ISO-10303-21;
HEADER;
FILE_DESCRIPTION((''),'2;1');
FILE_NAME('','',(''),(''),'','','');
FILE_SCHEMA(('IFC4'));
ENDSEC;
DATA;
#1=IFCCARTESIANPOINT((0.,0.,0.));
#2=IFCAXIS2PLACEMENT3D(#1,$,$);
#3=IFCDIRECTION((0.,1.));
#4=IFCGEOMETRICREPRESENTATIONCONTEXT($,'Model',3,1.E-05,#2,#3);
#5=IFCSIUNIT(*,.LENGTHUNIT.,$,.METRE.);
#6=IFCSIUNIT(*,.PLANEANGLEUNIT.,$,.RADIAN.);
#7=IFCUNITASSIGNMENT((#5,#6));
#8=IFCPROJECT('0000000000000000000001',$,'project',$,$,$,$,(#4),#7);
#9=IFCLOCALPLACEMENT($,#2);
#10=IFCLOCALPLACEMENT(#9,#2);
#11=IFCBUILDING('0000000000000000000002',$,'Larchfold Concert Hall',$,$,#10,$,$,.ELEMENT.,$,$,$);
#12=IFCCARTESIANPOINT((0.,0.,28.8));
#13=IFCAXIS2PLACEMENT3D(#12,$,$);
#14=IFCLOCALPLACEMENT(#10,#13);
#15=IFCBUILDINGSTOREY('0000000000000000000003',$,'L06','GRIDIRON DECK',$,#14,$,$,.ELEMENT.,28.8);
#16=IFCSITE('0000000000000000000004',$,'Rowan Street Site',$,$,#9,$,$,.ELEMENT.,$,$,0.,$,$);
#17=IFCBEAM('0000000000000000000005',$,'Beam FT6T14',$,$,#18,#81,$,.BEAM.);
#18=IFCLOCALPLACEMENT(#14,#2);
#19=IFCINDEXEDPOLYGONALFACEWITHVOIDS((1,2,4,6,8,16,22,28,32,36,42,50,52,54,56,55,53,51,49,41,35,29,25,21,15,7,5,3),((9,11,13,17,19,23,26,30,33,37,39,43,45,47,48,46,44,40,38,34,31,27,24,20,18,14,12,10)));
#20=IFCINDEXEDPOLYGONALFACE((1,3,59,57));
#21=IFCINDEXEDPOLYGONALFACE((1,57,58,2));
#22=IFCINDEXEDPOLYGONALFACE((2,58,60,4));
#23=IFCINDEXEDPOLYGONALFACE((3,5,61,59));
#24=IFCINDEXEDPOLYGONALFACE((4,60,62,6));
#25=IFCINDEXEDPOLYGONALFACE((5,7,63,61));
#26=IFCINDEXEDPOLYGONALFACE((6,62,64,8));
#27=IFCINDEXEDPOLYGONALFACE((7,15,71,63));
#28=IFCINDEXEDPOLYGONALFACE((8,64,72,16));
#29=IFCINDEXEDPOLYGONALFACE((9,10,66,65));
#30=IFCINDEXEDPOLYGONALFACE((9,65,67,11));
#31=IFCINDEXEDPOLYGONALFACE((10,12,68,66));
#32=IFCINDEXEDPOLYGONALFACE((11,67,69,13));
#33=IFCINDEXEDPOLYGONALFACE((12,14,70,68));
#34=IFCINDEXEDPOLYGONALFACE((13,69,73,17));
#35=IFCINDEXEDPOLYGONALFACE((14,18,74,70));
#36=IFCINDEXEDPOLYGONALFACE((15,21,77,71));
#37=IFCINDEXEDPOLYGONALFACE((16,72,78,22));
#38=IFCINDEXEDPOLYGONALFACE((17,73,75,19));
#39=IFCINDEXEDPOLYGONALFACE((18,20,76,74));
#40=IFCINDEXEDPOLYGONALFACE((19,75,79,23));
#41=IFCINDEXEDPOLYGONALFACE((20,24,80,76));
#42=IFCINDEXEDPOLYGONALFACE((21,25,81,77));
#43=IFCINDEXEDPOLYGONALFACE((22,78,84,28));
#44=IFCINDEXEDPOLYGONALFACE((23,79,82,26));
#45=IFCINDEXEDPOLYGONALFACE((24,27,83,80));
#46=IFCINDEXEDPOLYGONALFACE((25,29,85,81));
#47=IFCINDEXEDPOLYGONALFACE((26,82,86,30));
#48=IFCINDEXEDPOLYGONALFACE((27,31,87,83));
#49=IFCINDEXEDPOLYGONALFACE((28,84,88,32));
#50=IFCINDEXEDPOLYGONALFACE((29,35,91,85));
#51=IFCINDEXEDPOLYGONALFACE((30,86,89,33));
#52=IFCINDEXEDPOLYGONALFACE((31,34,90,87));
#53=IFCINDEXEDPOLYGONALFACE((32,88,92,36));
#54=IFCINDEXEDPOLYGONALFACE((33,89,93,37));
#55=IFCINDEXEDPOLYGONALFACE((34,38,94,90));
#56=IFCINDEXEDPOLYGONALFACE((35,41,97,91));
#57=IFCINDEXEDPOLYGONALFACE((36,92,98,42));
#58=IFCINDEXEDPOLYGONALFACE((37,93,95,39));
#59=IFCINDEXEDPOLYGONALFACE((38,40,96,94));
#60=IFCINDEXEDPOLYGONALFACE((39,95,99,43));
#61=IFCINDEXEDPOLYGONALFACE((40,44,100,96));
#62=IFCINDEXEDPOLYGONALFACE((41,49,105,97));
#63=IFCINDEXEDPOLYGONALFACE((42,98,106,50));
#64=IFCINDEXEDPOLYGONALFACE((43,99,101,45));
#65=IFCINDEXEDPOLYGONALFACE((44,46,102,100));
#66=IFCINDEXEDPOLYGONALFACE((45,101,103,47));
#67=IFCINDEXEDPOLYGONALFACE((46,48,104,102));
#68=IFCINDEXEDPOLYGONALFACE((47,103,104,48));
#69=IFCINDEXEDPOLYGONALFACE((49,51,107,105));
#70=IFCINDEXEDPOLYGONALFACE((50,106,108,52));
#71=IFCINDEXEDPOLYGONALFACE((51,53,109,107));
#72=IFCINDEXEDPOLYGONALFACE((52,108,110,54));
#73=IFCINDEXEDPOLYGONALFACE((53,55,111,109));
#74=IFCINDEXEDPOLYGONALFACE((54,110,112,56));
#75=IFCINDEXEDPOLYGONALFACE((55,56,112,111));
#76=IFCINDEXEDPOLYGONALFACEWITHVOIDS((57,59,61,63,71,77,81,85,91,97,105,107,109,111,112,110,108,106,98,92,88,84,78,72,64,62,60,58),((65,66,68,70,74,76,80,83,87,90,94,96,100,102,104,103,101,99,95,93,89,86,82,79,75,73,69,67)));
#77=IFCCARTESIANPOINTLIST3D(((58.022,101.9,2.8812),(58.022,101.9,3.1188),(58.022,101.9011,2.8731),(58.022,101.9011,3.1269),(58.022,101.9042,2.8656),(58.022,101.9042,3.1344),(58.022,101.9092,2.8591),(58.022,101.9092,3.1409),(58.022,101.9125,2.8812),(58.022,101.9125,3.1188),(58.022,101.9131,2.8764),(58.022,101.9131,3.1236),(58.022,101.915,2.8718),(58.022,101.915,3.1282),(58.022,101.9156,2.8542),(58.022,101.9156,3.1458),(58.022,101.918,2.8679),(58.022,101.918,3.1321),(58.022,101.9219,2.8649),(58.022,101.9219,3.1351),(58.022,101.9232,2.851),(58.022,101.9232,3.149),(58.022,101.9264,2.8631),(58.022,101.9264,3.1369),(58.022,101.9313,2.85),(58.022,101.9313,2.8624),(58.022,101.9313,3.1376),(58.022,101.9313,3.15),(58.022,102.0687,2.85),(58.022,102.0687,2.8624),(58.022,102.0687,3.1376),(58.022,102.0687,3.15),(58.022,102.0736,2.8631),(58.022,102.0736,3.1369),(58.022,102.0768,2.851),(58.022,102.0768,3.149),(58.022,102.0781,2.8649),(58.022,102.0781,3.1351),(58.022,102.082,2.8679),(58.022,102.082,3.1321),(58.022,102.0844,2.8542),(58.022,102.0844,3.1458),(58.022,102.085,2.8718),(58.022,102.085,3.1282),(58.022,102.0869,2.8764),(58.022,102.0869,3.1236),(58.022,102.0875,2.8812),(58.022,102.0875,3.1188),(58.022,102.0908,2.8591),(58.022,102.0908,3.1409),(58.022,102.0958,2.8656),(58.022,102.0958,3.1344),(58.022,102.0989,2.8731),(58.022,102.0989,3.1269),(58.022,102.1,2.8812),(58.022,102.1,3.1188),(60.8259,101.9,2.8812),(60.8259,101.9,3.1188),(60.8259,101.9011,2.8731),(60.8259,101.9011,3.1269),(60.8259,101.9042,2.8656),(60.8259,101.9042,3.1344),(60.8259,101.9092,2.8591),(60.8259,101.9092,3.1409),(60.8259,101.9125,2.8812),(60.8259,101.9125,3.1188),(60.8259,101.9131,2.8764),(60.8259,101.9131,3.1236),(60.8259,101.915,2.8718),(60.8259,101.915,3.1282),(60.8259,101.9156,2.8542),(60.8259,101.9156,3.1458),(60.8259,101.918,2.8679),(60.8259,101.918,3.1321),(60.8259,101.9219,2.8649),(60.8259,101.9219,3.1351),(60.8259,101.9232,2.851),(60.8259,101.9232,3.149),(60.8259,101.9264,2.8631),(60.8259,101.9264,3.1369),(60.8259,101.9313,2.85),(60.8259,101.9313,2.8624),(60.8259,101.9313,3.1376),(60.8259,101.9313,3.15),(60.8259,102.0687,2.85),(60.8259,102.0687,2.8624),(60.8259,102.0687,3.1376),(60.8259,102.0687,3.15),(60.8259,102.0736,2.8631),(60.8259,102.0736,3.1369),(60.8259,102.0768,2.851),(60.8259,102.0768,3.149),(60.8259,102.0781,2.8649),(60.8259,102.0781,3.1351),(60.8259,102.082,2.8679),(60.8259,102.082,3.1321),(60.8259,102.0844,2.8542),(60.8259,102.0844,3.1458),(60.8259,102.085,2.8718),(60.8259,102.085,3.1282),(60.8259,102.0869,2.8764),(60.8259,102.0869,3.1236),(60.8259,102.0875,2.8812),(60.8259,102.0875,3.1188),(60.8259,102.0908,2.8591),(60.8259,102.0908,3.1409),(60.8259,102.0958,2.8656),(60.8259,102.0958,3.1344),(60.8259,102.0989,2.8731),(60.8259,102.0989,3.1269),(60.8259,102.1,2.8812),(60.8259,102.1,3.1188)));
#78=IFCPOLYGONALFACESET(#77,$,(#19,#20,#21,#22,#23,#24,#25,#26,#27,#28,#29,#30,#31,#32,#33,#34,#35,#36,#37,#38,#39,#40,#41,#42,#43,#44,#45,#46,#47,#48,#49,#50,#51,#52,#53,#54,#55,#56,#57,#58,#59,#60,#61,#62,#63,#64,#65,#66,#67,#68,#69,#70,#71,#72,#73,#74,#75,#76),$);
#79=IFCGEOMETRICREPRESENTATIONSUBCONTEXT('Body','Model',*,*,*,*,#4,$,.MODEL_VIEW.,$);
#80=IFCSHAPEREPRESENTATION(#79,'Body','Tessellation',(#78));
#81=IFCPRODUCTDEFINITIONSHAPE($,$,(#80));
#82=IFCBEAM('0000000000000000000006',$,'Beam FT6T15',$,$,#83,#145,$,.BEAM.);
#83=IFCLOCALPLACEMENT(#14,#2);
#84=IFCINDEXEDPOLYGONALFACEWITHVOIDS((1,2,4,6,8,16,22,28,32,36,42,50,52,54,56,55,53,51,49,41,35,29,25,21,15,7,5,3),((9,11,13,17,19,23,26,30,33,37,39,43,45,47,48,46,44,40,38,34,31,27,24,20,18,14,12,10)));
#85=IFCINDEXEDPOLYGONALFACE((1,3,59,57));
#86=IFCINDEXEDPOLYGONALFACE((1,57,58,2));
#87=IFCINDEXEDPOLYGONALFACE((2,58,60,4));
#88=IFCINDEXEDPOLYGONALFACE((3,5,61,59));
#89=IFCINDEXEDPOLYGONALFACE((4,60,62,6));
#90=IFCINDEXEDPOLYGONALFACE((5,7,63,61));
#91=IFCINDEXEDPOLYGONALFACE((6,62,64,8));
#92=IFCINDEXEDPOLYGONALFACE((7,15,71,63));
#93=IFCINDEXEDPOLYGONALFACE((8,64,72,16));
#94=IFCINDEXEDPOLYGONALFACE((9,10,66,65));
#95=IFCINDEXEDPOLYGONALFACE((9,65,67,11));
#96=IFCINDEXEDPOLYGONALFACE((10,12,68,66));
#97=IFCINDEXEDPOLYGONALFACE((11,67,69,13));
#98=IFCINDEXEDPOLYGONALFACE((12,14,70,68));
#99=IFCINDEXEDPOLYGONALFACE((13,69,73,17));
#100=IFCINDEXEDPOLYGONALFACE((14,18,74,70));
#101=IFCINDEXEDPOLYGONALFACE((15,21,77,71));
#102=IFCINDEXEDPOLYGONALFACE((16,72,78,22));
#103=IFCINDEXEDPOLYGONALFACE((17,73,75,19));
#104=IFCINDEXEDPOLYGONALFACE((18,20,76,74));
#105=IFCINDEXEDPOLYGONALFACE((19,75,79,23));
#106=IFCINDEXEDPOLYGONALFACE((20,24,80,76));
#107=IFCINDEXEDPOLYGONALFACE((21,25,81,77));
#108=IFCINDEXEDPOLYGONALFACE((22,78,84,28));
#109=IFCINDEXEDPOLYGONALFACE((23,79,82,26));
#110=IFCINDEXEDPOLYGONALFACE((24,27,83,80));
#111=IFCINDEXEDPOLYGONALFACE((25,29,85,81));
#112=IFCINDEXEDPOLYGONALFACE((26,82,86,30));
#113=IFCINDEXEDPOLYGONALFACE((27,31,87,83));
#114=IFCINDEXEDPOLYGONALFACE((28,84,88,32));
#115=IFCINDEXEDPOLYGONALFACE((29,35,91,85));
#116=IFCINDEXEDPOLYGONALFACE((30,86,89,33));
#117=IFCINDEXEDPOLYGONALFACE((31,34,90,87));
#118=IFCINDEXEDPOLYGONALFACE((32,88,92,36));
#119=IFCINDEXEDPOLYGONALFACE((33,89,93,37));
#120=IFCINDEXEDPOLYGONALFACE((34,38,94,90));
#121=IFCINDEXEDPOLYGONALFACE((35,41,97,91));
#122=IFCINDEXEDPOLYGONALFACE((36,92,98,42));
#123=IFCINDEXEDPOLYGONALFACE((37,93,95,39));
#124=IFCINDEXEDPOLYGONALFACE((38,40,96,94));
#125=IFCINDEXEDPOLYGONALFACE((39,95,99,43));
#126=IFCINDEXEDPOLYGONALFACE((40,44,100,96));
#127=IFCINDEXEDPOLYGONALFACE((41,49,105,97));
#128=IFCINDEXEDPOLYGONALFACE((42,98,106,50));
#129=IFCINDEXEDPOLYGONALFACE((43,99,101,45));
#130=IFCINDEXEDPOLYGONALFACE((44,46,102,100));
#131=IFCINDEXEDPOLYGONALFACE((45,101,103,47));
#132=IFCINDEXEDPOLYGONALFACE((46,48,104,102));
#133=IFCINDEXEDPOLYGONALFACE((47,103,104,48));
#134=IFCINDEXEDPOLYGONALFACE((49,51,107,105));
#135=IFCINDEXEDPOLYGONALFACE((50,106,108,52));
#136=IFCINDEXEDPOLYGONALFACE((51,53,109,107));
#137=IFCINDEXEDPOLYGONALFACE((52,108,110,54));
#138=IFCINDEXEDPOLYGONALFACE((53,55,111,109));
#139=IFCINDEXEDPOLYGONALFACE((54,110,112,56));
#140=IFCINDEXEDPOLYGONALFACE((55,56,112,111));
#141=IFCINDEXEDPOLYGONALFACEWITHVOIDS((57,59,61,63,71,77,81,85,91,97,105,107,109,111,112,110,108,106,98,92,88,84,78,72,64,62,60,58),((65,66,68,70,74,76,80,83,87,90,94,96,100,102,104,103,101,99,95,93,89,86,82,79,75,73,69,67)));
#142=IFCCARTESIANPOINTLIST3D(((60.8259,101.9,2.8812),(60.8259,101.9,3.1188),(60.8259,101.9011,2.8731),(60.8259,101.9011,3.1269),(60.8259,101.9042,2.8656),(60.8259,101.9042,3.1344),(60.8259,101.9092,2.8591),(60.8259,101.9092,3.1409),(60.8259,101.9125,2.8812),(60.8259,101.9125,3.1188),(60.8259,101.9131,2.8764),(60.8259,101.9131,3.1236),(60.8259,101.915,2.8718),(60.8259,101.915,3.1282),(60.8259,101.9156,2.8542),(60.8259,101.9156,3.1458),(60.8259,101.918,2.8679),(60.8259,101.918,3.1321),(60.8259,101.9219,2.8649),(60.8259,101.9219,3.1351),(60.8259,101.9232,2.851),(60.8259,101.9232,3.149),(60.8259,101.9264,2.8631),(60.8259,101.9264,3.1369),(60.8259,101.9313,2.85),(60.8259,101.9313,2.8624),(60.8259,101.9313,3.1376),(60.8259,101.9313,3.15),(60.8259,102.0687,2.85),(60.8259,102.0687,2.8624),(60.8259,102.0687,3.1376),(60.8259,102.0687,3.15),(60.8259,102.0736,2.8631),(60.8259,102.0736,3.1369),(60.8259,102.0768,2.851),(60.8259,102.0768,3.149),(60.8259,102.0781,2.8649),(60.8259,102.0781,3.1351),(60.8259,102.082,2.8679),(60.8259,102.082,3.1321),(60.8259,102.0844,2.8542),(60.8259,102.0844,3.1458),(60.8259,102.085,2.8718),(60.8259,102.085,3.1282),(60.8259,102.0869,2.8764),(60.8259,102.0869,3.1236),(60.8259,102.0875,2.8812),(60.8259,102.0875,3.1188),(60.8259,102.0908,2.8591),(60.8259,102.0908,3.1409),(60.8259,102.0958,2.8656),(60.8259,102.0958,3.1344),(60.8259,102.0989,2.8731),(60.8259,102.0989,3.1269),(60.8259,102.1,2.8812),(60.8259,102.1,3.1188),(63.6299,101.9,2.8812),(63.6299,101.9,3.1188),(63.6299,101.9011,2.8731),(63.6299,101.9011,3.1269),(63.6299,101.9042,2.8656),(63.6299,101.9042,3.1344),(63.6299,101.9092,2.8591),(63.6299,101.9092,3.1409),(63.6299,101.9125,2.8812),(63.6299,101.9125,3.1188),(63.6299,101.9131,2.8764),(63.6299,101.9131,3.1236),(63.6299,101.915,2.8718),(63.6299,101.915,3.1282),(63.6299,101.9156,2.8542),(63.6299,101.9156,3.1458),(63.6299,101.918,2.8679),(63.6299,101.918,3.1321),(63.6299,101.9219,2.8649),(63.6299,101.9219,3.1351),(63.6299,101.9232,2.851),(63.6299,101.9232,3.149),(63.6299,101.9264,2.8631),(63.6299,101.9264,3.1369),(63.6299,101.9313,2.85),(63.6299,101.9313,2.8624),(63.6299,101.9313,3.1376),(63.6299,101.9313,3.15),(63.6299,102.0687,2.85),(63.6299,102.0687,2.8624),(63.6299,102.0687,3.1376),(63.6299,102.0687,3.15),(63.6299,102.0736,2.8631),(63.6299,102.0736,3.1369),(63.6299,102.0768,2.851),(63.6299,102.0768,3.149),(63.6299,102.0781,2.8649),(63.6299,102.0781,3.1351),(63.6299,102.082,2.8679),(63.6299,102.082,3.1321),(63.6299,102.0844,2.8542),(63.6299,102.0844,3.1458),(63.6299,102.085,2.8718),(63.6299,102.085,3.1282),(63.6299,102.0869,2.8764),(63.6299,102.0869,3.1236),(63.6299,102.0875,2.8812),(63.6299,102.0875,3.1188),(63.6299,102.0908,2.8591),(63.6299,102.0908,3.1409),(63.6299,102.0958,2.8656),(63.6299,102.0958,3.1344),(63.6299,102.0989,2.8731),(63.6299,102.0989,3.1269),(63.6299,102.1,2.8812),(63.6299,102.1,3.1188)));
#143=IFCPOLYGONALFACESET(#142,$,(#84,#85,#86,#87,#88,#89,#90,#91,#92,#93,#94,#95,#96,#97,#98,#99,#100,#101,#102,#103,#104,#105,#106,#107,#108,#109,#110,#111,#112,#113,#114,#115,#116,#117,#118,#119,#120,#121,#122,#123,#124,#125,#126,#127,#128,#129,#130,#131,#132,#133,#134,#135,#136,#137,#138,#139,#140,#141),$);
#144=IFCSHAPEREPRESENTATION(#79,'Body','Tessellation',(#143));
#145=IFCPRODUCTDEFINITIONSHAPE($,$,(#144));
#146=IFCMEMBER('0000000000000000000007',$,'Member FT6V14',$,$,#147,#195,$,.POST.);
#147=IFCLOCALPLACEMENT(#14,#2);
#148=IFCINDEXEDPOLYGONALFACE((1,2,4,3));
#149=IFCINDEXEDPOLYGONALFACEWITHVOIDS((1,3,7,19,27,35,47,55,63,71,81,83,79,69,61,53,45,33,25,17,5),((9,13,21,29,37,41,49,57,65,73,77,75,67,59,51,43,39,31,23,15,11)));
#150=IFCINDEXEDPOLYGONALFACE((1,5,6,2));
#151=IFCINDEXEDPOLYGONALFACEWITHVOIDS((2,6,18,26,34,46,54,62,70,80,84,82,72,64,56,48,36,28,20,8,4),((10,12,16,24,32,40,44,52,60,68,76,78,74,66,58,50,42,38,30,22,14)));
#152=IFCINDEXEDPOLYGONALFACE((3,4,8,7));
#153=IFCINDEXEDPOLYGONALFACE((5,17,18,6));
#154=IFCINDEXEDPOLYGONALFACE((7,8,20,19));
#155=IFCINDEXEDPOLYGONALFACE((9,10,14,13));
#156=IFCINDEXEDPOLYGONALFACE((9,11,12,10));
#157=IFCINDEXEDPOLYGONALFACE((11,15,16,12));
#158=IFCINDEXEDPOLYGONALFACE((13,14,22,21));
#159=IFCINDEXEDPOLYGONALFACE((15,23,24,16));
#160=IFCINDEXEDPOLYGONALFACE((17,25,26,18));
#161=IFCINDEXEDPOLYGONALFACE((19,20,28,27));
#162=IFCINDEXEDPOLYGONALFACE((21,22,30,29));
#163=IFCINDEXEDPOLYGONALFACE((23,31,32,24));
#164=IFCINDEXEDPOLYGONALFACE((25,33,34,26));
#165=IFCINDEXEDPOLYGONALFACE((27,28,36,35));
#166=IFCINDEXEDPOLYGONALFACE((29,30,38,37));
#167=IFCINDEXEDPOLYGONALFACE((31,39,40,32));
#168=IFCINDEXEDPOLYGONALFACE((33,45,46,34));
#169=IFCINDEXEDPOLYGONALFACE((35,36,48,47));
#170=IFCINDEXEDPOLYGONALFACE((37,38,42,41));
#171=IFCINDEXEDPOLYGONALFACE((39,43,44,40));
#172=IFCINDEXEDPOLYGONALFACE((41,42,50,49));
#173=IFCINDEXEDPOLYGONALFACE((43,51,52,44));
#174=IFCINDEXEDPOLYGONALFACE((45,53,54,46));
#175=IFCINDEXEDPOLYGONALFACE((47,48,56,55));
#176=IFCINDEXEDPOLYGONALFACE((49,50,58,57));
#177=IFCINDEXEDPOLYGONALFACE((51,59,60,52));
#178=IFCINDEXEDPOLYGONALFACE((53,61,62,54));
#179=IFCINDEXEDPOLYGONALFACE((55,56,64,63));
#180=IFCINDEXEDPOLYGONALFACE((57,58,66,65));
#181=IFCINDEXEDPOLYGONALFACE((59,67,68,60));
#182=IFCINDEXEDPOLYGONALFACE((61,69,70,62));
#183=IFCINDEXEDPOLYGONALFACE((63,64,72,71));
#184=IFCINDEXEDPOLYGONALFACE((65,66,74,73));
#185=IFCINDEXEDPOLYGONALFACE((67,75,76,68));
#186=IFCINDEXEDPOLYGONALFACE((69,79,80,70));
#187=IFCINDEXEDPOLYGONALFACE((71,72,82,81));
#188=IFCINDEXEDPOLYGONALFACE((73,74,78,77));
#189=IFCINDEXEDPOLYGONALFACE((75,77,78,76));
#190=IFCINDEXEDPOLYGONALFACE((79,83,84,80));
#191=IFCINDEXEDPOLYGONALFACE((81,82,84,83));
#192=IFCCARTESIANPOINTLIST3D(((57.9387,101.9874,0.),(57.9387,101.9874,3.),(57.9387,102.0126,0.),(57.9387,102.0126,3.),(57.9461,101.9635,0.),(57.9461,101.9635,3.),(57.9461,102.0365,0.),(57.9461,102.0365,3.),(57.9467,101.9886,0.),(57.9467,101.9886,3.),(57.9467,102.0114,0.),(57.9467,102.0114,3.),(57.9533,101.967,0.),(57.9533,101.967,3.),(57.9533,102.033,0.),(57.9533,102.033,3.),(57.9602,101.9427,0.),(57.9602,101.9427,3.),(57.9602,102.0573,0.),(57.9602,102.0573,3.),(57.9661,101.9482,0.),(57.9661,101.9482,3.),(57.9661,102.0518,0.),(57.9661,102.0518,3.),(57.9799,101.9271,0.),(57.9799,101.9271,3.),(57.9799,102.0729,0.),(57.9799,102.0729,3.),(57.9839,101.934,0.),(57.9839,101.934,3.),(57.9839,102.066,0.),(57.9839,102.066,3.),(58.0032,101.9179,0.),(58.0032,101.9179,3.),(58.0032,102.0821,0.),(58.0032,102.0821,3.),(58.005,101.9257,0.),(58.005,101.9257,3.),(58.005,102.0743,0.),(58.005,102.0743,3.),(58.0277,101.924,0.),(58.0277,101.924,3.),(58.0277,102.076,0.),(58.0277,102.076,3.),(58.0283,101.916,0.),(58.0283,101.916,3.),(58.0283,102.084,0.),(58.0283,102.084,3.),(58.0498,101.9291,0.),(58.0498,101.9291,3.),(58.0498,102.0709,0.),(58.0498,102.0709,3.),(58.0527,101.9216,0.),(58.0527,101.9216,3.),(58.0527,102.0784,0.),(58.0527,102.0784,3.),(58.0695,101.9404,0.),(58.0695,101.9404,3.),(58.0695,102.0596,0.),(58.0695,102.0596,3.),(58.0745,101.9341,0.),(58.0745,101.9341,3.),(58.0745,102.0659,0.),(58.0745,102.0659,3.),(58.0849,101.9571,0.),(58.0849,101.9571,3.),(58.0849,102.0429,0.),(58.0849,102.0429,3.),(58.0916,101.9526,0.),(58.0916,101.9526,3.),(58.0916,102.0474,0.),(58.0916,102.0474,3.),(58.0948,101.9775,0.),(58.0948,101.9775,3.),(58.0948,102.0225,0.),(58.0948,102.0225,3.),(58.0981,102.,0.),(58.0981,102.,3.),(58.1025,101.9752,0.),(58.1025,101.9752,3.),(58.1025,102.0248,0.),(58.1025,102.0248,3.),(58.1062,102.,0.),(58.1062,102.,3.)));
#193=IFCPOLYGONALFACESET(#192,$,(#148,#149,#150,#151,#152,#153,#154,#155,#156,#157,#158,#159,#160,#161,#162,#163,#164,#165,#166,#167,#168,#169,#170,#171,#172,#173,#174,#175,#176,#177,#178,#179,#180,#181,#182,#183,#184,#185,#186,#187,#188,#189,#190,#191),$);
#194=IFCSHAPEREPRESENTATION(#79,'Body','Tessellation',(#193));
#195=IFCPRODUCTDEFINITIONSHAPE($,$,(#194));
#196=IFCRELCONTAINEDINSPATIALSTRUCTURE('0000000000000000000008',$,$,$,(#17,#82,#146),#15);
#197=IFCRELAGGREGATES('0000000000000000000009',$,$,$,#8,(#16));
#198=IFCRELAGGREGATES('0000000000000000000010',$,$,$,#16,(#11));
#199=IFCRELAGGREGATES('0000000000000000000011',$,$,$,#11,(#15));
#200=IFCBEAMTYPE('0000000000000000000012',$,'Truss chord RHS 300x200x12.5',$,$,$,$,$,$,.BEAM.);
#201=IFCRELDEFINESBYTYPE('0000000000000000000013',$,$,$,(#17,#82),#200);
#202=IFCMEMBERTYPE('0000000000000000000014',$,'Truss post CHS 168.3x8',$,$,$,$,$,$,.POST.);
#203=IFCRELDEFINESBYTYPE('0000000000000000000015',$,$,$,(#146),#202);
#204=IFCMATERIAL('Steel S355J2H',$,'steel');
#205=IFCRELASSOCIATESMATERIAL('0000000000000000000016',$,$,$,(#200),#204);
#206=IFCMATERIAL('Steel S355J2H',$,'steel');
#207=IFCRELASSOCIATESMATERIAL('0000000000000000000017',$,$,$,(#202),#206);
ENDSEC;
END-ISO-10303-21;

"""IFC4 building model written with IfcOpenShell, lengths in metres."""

from ifc_helpers import new_model, si_unit, direction, frame, origin, origin_2d, place, context, subcontext, project, spatial, hollow_rectangle, hollow_circle, extrude, material, material_profile, profile_set, type_object, element, save


model = new_model("IFC4")

# Units and contexts
model_context = context("Model", 3, precision=1e-05, world=origin(), true_north=direction((0.0, 1.0)))
body_context = subcontext(model_context, "Body", "Model", "MODEL_VIEW")
ifc_project = project(units=[si_unit("LENGTHUNIT", "METRE"), si_unit("PLANEANGLEUNIT", "RADIAN")], contexts=[model_context])

# Site, building, storey
site_placement = place(None, origin())
site = spatial("IfcSite", under=ifc_project, at=site_placement, Name="Rowan Street Site", CompositionType="ELEMENT", RefElevation=0.0)
building_placement = place(site_placement, origin())
building = spatial("IfcBuilding", under=site, at=building_placement, Name="Larchfold Concert Hall", CompositionType="ELEMENT")
storey_placement = place(building_placement, frame((0.0, 0.0, 28.8)))
storey = spatial("IfcBuildingStorey", under=building, at=storey_placement, Name="L06", Description="GRIDIRON DECK", CompositionType="ELEMENT", Elevation=28.8)

# Beams
ifc_material_1 = material(Name="Steel S355J2H", Category="steel")
ifc_material_profile_1 = material_profile(ifc_material_1, hollow_rectangle(XDim=0.2, YDim=0.3, WallThickness=0.0125, InnerFilletRadius=0.0188, OuterFilletRadius=0.0312, at=origin_2d()))
ifc_profile_set_1 = profile_set([ifc_material_profile_1], Name="Steel S355J2H")
beam_type_1 = type_object("IfcBeamType", Name="Truss chord RHS 300x200x12.5", PredefinedType="BEAM", material=ifc_profile_set_1)
for number, where, z_axis, x_axis, name in (
    (1, (58.022, 102.0, 3.0), (1.0, 0.0, 0.0), (0.0, 1.0, 0.0), "Beam FT6T14"),
    (2, (60.8259, 102.0, 3.0), (1.0, 0.0, 0.0), (0.0, 1.0, 0.0), "Beam FT6T15"),
):
    element("IfcBeam", number, at=place(storey_placement, frame(where, z_axis=z_axis, x_axis=x_axis)), inside=storey, type_object=beam_type_1, Name=name, PredefinedType="BEAM", context=body_context, shape_type="SweptSolid", body=[
        extrude(hollow_rectangle(XDim=0.2, YDim=0.3, WallThickness=0.0125, InnerFilletRadius=0.0188, OuterFilletRadius=0.0312, at=origin_2d()), origin(), (0.0, 0.0, 1.0), 2.804),
    ])

# Member
ifc_material_2 = material(Name="Steel S355J2H", Category="steel")
ifc_material_profile_2 = material_profile(ifc_material_2, hollow_circle(Radius=0.0842, WallThickness=0.0081, at=origin_2d()))
ifc_profile_set_2 = profile_set([ifc_material_profile_2], Name="Steel S355J2H")
member_type_1 = type_object("IfcMemberType", Name="Truss post CHS 168.3x8", PredefinedType="POST", material=ifc_profile_set_2)
for number, where, z_axis, x_axis, name in (
    (3, (58.022, 102.0, 3.0), (0.0, 0.0, -1.0), (1.0, 0.0, 0.0), "Member FT6V14"),
):
    element("IfcMember", number, at=place(storey_placement, frame(where, z_axis=z_axis, x_axis=x_axis)), inside=storey, type_object=member_type_1, Name=name, PredefinedType="POST", context=body_context, shape_type="SweptSolid", body=[
        extrude(hollow_circle(Radius=0.0842, WallThickness=0.0081, at=origin_2d()), origin(), (0.0, 0.0, 1.0), 3.0),
    ])

save(model, "model.ifc")
